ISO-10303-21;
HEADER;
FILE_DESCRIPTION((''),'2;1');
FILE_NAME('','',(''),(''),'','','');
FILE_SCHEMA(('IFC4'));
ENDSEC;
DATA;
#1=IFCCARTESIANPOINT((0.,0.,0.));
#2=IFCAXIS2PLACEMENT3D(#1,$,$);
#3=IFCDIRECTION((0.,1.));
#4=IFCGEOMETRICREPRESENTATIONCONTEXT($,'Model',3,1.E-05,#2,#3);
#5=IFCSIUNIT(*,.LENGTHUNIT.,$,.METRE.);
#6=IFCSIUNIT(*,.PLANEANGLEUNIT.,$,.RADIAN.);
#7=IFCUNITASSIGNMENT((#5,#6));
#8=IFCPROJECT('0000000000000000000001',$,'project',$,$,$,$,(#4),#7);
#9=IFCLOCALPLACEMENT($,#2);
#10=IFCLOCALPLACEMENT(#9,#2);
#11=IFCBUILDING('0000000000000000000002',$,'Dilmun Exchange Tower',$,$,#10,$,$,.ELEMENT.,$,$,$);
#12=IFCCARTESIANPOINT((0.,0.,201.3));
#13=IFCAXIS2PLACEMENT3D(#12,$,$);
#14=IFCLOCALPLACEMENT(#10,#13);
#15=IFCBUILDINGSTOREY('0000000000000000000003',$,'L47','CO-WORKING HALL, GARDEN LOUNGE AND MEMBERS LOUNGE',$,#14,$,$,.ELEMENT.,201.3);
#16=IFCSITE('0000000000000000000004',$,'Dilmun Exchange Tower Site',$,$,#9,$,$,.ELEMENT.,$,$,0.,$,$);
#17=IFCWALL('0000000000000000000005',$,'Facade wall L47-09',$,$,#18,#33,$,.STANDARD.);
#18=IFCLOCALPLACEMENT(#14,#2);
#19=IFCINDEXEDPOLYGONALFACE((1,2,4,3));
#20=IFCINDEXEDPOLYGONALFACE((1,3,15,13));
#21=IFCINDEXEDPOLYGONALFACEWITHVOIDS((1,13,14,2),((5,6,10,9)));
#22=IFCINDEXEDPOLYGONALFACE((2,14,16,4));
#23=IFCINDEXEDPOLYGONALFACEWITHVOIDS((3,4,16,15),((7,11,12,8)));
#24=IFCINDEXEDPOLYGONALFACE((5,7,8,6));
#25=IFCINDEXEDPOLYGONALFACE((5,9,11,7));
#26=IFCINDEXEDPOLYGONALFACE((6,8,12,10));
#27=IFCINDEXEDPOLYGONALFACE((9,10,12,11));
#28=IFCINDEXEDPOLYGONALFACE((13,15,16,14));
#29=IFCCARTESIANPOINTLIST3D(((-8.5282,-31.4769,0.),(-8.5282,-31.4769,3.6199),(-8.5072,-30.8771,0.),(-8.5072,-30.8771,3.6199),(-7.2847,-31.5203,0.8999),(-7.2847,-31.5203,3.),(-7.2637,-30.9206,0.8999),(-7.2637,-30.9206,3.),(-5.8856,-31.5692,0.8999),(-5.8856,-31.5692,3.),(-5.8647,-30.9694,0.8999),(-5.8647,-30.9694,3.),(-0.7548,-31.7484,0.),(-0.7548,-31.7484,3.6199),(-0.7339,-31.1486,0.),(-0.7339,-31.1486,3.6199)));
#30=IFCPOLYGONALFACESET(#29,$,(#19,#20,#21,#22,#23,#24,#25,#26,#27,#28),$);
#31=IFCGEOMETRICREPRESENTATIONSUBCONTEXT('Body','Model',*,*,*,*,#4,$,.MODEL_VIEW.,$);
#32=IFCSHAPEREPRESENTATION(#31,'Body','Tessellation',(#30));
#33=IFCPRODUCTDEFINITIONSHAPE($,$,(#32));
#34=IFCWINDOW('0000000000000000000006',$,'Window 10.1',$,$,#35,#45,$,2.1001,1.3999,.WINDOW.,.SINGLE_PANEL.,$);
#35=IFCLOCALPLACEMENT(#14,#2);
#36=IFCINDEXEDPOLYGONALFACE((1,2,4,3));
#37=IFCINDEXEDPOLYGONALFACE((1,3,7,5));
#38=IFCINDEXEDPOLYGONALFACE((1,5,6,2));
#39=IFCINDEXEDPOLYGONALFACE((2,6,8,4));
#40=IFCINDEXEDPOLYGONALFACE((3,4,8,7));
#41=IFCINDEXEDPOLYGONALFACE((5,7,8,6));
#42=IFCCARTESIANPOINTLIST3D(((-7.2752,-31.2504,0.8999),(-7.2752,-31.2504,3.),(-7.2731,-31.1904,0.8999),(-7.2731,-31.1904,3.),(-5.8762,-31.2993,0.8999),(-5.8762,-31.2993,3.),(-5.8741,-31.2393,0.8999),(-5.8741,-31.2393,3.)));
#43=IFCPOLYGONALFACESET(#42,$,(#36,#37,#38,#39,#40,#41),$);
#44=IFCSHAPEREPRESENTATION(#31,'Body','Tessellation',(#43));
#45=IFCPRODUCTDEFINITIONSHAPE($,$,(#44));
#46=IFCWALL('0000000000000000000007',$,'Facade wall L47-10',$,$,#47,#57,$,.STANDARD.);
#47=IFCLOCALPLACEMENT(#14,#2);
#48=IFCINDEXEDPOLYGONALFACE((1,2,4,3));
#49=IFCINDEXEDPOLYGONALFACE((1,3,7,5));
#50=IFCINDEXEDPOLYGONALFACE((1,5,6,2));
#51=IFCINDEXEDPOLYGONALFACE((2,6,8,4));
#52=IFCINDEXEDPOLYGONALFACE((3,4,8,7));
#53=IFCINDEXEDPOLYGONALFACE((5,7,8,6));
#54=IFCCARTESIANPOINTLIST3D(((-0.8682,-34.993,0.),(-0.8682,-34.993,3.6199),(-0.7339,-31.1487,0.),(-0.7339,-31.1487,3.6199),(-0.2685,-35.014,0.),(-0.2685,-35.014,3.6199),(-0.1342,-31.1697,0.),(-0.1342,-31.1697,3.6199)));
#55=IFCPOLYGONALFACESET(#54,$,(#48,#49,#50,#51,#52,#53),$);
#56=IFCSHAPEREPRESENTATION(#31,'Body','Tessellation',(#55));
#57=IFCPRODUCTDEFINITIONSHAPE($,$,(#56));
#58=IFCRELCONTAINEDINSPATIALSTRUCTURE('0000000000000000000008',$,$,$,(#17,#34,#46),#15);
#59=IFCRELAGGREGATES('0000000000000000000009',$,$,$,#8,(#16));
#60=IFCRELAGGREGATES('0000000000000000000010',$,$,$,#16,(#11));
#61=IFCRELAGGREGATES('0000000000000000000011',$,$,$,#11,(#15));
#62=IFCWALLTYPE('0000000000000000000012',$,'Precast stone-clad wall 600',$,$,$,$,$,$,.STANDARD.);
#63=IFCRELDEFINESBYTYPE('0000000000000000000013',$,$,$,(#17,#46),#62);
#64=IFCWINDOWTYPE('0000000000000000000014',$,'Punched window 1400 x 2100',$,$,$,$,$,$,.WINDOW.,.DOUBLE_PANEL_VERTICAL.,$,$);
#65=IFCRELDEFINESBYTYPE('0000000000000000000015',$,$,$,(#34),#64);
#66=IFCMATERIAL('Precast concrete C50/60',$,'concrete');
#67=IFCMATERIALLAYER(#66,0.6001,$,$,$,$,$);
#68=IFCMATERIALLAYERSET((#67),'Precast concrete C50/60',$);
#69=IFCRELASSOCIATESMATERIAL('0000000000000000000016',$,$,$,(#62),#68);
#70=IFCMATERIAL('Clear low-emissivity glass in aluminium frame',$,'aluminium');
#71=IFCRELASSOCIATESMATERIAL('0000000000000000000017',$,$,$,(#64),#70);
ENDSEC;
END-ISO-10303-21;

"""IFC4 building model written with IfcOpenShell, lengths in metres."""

from ifc_helpers import new_model, si_unit, direction, frame, frame_2d, origin, place, context, subcontext, project, spatial, rectangle, extrude, material, layer, layer_set, type_object, element, fill, save


model = new_model("IFC4")

# Units and contexts
model_context = context("Model", 3, precision=1e-05, world=origin(), true_north=direction((0.0, 1.0)))
body_context = subcontext(model_context, "Body", "Model", "MODEL_VIEW")
ifc_project = project(units=[si_unit("LENGTHUNIT", "METRE"), si_unit("PLANEANGLEUNIT", "RADIAN")], contexts=[model_context])

# Site, building, storey
site_placement = place(None, origin())
site = spatial("IfcSite", under=ifc_project, at=site_placement, Name="Dilmun Exchange Tower Site", CompositionType="ELEMENT", RefElevation=0.0)
building_placement = place(site_placement, origin())
building = spatial("IfcBuilding", under=site, at=building_placement, Name="Dilmun Exchange Tower", CompositionType="ELEMENT")
storey_placement = place(building_placement, frame((0.0, 0.0, 201.3)))
storey = spatial("IfcBuildingStorey", under=building, at=storey_placement, Name="L47", Description="CO-WORKING HALL, GARDEN LOUNGE AND MEMBERS LOUNGE", CompositionType="ELEMENT", Elevation=201.3)

# Shared definitions
ifc_material_1 = material(Name="Precast concrete C50/60", Category="concrete")
ifc_layer_1 = layer(ifc_material_1, 0.6001)
ifc_layer_set_1 = layer_set([ifc_layer_1], Name="Precast concrete C50/60")
wall_type_1 = type_object("IfcWallType", Name="Precast stone-clad wall 600", PredefinedType="STANDARD", material=ifc_layer_set_1)

# Wall, opening, window
wall_1_placement = place(storey_placement, frame((-8.5178, -31.177, 0.0), z_axis=(0.0, 0.0, 1.0), x_axis=(0.999391, -0.034903, 0.0)))
wall_1 = element("IfcWall", 1, at=wall_1_placement, inside=storey, type_object=wall_type_1, Name="Facade wall L47-09", PredefinedType="STANDARD", context=body_context, shape_type="SweptSolid", body=[
    extrude(rectangle(XDim=7.7781, YDim=0.6001, at=frame_2d((3.8892, 0.0))), origin(), (0.0, 0.0, 1.0), 3.6199),
])
opening_1_placement = place(wall_1_placement, frame((1.2444, 0.0, 0.8999)))
opening_1 = element("IfcOpeningElement", 2, at=opening_1_placement, cuts=wall_1, PredefinedType="OPENING", context=body_context, shape_type="SweptSolid", body=[
    extrude(rectangle(XDim=1.3999, YDim=2.1001, at=frame_2d((0.7, 1.05))), frame((0.0, 0.3101, 0.0), z_axis=(0.0, -1.0, 0.0), x_axis=(1.0, 0.0, 0.0)), (0.0, 0.0, 1.0), 0.6201),
])
ifc_material_2 = material(Name="Clear low-emissivity glass in aluminium frame", Category="aluminium")
window_type_1 = type_object("IfcWindowType", Name="Punched window 1400 x 2100", PartitioningType="DOUBLE_PANEL_VERTICAL", PredefinedType="WINDOW", material=ifc_material_2)
window_1_placement = place(opening_1_placement, origin())
window_1 = element("IfcWindow", 3, at=window_1_placement, inside=storey, type_object=window_type_1, Name="Window 10.1", OverallHeight=2.1001, OverallWidth=1.3999, PartitioningType="SINGLE_PANEL", PredefinedType="WINDOW", context=body_context, shape_type="SweptSolid", body=[
    extrude(rectangle(XDim=1.3999, YDim=2.1001, at=frame_2d((0.7, 1.05))), frame((0.0, 0.03, 0.0), z_axis=(0.0, -1.0, 0.0), x_axis=(1.0, 0.0, 0.0)), (0.0, 0.0, 1.0), 0.0601),
])
fill(opening_1, window_1)

# Wall
wall_2_placement = place(storey_placement, frame((-0.4341, -31.1592, 0.0), z_axis=(0.0, 0.0, 1.0), x_axis=(-0.034908, -0.999391, 0.0)))
element("IfcWall", 4, at=wall_2_placement, inside=storey, type_object=wall_type_1, Name="Facade wall L47-10", PredefinedType="STANDARD", context=body_context, shape_type="SweptSolid", body=[
    extrude(rectangle(XDim=3.8467, YDim=0.6001, at=frame_2d((1.9233, 0.0))), origin(), (0.0, 0.0, 1.0), 3.6199),
])

save(model, "model.ifc")
